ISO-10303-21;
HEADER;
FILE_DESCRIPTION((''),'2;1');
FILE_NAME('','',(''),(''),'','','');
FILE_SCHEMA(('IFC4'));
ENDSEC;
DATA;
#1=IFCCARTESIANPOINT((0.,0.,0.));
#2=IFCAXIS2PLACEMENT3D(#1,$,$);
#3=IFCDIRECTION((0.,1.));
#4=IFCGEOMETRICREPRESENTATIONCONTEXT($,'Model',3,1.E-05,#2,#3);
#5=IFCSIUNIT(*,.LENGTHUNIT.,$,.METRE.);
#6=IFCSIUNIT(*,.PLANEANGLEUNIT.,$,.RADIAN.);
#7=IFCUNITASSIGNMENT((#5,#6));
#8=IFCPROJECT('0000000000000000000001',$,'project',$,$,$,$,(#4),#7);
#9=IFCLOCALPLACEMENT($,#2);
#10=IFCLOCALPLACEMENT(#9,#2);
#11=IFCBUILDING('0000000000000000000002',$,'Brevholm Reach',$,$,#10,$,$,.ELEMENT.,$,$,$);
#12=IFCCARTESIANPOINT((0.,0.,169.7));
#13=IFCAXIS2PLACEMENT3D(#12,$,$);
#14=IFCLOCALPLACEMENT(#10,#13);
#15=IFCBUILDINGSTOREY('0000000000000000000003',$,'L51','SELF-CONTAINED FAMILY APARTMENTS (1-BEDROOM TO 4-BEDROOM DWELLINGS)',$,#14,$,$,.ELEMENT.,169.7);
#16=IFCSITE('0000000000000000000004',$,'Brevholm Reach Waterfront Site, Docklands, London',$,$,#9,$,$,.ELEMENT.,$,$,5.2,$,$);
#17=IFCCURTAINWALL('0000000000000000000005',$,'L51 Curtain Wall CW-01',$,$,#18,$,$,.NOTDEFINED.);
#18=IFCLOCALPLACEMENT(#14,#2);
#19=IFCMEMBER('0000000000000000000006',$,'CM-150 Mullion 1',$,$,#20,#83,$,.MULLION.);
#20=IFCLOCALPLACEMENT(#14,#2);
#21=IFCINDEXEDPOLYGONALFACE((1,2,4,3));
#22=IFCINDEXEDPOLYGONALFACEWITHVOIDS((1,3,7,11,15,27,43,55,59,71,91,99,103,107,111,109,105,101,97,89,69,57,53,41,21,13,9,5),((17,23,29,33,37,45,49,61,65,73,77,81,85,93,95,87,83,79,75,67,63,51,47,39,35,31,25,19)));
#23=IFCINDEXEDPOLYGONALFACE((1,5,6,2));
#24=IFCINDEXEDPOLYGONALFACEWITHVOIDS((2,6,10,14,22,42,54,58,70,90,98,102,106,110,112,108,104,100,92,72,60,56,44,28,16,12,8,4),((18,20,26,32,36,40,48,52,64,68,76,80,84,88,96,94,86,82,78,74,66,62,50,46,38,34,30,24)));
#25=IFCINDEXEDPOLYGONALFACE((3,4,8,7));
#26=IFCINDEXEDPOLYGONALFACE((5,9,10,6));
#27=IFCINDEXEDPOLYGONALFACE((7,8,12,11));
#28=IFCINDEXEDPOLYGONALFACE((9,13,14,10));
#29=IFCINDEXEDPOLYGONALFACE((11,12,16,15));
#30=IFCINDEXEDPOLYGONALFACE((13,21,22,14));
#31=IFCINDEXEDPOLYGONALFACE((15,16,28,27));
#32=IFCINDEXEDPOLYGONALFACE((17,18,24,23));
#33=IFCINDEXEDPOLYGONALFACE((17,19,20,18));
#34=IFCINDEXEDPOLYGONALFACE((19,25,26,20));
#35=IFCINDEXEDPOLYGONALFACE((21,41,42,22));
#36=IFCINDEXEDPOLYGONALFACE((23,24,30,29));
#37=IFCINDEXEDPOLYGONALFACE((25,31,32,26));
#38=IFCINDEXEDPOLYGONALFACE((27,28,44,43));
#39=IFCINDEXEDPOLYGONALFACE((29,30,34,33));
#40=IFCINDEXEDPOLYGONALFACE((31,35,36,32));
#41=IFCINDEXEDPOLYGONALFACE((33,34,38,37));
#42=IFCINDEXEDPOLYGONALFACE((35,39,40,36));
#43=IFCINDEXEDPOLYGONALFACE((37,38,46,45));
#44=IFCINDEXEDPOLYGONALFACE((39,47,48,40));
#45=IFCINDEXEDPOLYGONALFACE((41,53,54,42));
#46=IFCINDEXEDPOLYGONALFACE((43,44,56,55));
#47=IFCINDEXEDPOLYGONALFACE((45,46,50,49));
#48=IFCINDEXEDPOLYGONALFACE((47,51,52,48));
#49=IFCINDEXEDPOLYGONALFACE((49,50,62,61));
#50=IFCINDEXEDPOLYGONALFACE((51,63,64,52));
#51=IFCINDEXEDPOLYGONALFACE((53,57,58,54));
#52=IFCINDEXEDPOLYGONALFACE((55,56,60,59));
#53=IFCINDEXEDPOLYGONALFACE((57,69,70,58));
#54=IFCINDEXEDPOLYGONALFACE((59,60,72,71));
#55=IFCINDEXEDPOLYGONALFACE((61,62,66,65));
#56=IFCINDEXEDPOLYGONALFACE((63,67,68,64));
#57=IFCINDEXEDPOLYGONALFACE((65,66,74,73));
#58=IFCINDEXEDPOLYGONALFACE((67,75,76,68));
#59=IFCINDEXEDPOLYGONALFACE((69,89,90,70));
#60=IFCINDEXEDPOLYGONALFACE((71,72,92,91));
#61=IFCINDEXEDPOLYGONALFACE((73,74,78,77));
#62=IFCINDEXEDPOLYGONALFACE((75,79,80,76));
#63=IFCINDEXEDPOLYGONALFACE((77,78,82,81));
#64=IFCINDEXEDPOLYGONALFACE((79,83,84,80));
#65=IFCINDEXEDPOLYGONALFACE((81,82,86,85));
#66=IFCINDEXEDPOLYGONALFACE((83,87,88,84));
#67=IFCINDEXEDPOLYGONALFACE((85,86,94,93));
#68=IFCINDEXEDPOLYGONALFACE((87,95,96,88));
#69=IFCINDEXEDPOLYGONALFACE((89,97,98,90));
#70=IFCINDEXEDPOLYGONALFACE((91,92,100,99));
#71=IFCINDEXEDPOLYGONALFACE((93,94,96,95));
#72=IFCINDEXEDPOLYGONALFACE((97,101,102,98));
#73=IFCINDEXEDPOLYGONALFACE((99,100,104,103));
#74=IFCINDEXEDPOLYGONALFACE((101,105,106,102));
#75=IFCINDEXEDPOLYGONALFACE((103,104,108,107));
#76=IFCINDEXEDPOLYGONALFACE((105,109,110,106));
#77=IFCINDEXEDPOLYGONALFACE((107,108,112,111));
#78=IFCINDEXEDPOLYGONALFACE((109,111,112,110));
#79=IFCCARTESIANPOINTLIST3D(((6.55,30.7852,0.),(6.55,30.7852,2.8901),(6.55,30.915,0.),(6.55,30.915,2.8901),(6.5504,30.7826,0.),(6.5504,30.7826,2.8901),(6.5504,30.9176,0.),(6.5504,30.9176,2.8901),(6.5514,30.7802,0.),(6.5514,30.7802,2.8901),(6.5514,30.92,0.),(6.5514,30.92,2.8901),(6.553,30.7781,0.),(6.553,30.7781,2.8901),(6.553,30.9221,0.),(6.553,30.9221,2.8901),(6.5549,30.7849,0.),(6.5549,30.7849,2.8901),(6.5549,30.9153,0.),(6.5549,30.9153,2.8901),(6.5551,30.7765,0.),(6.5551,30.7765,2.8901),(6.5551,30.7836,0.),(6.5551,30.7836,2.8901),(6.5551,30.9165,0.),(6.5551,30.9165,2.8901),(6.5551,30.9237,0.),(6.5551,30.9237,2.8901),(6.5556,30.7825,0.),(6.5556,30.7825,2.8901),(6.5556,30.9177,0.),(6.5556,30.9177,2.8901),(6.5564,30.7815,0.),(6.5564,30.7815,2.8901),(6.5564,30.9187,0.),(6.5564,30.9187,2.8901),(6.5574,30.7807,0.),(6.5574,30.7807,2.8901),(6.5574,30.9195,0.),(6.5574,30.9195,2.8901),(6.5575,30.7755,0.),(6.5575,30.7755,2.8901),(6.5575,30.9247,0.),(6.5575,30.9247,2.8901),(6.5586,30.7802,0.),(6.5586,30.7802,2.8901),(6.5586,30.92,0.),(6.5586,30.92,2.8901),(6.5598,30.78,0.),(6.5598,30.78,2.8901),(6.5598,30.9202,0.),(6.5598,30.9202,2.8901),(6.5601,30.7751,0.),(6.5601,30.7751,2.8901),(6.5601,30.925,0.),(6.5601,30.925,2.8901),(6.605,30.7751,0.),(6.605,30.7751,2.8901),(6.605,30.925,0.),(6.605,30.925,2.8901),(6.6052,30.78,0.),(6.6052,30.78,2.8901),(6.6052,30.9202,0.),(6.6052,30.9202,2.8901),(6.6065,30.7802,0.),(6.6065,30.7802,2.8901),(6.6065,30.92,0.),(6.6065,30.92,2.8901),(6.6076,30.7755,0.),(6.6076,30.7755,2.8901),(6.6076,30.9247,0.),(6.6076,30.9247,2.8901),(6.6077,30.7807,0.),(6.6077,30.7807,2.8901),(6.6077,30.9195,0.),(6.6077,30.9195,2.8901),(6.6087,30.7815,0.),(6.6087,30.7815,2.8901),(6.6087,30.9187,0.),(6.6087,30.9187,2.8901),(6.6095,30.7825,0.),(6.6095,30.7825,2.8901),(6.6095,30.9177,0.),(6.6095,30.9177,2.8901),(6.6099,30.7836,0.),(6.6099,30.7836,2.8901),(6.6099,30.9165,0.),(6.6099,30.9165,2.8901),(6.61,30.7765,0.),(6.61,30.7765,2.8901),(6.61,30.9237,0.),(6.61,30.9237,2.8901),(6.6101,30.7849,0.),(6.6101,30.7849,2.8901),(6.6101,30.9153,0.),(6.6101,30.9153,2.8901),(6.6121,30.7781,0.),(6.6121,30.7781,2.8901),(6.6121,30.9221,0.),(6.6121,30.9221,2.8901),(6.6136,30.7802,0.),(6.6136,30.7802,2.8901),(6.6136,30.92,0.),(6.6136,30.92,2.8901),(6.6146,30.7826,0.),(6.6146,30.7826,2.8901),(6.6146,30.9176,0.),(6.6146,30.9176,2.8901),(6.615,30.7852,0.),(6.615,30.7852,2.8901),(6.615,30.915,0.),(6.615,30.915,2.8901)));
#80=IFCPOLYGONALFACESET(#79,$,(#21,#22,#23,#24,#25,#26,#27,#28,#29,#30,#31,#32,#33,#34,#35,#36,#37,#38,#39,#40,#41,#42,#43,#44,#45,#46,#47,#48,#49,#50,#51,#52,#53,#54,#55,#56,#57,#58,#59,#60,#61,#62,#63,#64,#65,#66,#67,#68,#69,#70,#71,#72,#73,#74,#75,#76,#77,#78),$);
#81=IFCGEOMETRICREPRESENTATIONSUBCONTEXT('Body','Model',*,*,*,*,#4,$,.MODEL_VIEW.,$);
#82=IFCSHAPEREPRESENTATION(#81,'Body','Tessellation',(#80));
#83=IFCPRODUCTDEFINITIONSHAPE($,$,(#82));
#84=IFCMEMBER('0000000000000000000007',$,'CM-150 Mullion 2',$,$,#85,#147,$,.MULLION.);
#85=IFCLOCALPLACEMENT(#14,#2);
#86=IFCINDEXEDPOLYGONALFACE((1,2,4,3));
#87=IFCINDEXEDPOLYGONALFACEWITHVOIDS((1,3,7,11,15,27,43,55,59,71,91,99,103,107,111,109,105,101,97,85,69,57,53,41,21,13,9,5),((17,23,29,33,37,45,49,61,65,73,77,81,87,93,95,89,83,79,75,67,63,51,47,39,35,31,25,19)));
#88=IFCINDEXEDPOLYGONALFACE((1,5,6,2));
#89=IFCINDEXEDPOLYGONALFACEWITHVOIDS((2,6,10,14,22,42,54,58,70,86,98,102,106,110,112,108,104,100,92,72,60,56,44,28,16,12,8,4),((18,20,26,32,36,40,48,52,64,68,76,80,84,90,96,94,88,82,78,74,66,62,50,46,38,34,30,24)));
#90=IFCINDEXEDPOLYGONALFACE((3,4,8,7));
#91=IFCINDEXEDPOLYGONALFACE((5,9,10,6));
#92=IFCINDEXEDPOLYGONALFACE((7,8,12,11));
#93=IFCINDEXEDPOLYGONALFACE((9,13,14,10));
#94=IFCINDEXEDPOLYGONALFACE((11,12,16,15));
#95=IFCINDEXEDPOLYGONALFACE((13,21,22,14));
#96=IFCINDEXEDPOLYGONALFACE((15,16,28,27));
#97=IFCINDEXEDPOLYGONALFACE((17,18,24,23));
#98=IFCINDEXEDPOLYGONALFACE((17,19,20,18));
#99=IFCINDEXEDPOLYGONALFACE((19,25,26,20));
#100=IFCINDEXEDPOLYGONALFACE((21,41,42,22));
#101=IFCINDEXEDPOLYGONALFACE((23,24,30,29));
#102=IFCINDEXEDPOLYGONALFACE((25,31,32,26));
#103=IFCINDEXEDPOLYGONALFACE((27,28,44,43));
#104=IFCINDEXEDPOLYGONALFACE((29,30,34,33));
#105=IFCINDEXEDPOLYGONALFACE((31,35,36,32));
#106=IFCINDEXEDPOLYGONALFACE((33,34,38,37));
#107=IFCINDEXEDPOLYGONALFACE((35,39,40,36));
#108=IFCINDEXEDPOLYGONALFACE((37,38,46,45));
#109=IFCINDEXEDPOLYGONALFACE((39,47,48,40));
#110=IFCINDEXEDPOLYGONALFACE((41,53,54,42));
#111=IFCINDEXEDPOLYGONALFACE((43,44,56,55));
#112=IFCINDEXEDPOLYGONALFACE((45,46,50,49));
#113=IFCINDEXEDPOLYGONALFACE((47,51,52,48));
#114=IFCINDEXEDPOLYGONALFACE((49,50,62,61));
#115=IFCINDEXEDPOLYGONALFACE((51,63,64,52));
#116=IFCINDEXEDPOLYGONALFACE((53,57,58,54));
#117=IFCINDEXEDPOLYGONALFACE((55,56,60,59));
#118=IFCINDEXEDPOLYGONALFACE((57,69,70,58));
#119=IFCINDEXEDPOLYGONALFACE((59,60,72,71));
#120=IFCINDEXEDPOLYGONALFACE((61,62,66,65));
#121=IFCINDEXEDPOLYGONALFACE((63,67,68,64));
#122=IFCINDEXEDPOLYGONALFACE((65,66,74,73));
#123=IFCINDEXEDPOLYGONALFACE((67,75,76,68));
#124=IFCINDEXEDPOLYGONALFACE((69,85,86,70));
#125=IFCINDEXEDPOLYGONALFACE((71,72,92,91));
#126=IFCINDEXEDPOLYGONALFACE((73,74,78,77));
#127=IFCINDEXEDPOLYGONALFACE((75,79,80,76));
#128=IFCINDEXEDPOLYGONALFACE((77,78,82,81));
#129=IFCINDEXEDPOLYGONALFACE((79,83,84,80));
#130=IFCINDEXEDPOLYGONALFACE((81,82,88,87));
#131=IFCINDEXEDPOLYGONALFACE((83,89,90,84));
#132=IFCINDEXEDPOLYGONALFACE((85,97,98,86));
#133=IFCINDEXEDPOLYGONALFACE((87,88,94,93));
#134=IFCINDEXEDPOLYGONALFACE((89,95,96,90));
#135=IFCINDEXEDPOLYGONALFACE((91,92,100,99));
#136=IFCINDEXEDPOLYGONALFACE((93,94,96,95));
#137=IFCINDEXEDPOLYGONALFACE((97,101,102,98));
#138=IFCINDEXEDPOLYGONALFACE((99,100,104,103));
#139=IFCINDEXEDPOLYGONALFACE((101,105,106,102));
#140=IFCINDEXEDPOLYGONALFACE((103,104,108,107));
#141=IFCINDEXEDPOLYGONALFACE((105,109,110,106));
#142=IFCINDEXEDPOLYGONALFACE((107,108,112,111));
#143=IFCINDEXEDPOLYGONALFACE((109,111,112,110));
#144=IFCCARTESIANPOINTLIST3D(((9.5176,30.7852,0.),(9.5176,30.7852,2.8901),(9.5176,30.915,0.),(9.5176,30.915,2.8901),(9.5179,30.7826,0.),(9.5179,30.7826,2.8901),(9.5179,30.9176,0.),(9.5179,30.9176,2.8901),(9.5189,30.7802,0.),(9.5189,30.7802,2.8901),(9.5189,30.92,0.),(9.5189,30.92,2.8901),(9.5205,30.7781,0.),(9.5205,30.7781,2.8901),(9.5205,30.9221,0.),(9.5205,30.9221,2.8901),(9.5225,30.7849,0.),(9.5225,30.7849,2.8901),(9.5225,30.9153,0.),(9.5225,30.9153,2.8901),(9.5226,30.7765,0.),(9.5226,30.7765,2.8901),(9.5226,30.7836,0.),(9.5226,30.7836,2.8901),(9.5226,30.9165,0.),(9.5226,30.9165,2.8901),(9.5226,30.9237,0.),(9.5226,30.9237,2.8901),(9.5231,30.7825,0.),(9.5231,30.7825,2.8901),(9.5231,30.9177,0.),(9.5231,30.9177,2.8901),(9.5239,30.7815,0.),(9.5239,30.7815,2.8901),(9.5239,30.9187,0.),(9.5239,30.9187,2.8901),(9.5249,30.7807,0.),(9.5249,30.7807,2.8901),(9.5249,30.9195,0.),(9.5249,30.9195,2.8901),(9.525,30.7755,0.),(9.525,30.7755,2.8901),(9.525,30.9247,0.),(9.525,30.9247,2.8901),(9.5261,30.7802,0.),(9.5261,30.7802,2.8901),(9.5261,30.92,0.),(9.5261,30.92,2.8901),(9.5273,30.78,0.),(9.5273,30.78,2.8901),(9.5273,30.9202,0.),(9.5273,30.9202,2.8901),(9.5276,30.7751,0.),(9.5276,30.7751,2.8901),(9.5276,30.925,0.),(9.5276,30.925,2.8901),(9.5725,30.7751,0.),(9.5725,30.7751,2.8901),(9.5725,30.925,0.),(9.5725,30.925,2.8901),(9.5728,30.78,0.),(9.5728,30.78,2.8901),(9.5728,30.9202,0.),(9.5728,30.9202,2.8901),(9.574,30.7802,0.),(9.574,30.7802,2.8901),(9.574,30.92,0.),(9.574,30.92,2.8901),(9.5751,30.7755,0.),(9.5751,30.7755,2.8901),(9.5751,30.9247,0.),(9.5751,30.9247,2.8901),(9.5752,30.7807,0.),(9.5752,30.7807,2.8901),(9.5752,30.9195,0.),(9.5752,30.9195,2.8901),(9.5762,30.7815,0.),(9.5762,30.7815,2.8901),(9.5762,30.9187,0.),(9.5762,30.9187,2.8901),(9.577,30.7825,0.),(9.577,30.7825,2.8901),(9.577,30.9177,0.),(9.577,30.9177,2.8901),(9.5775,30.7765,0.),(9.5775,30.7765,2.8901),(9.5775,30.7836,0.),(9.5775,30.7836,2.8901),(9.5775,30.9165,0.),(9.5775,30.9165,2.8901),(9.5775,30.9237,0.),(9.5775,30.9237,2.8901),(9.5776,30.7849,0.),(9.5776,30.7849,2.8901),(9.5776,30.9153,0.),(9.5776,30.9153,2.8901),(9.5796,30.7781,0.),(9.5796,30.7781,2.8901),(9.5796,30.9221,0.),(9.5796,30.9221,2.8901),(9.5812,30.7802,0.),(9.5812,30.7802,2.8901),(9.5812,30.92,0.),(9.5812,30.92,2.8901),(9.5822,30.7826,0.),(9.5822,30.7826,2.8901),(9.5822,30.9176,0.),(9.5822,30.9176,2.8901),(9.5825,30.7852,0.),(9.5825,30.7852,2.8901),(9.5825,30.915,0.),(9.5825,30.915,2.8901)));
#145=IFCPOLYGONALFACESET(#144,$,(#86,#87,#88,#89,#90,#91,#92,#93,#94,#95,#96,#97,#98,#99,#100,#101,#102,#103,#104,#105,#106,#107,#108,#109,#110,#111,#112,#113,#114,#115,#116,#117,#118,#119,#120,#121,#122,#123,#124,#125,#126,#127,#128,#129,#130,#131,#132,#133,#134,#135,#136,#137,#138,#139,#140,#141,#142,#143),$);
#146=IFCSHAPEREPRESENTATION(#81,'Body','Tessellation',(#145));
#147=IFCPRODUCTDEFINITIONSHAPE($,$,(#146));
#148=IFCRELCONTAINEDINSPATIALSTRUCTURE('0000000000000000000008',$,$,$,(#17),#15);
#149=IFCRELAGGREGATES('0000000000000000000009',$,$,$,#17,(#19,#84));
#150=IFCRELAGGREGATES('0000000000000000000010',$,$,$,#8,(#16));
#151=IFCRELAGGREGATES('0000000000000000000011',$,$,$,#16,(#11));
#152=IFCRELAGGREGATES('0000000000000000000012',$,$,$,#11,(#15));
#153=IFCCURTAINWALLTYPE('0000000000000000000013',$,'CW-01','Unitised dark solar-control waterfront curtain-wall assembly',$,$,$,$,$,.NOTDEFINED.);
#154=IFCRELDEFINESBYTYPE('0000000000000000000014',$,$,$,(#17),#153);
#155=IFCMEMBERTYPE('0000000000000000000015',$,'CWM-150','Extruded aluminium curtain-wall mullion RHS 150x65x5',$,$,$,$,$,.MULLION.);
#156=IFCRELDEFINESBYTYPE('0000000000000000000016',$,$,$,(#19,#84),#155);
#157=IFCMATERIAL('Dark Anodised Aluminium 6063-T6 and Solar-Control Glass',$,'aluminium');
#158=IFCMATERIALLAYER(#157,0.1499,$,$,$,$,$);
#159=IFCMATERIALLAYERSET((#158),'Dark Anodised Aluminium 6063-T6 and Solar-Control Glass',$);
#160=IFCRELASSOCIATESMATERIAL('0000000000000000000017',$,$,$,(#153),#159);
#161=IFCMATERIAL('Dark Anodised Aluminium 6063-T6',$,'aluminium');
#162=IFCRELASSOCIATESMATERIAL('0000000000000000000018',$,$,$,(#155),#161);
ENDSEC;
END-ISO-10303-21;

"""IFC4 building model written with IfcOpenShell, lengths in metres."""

from ifc_helpers import new_model, si_unit, direction, frame, origin, origin_2d, place, context, subcontext, project, spatial, hollow_rectangle, extrude, material, layer, layer_set, material_profile, profile_set, type_object, element, aggregate, save


model = new_model("IFC4")

# Units and contexts
model_context = context("Model", 3, precision=1e-05, world=origin(), true_north=direction((0.0, 1.0)))
body_context = subcontext(model_context, "Body", "Model", "MODEL_VIEW")
ifc_project = project(units=[si_unit("LENGTHUNIT", "METRE"), si_unit("PLANEANGLEUNIT", "RADIAN")], contexts=[model_context])

# Site, building, storey
site_placement = place(None, origin())
site = spatial("IfcSite", under=ifc_project, at=site_placement, Name="Brevholm Reach Waterfront Site, Docklands, London", CompositionType="ELEMENT", RefElevation=5.2)
building_placement = place(site_placement, origin())
building = spatial("IfcBuilding", under=site, at=building_placement, Name="Brevholm Reach", CompositionType="ELEMENT")
storey_placement = place(building_placement, frame((0.0, 0.0, 169.7)))
storey = spatial("IfcBuildingStorey", under=building, at=storey_placement, Name="L51", Description="SELF-CONTAINED FAMILY APARTMENTS (1-BEDROOM TO 4-BEDROOM DWELLINGS)", CompositionType="ELEMENT", Elevation=169.7)

# Curtain wall, members
ifc_material_1 = material(Name="Dark Anodised Aluminium 6063-T6 and Solar-Control Glass", Category="aluminium")
ifc_layer_1 = layer(ifc_material_1, 0.1499)
ifc_layer_set_1 = layer_set([ifc_layer_1], Name="Dark Anodised Aluminium 6063-T6 and Solar-Control Glass")
curtain_wall_type = type_object("IfcCurtainWallType", Name="CW-01", Description="Unitised dark solar-control waterfront curtain-wall assembly", PredefinedType="NOTDEFINED", material=ifc_layer_set_1)
curtain_wall_placement = place(storey_placement, origin())
curtain_wall = element("IfcCurtainWall", 1, at=curtain_wall_placement, inside=storey, type_object=curtain_wall_type, Name="L51 Curtain Wall CW-01", PredefinedType="NOTDEFINED")
ifc_material_2 = material(Name="Dark Anodised Aluminium 6063-T6", Category="aluminium")
ifc_material_profile_1 = material_profile(ifc_material_2, hollow_rectangle(XDim=0.0649, YDim=0.1499, WallThickness=0.0049, InnerFilletRadius=0.0049, OuterFilletRadius=0.01, at=origin_2d()), Name="RHS 150x65x5")
ifc_profile_set_1 = profile_set([ifc_material_profile_1], Name="Dark Anodised Aluminium 6063-T6")
member_type_1 = type_object("IfcMemberType", Name="CWM-150", Description="Extruded aluminium curtain-wall mullion RHS 150x65x5", PredefinedType="MULLION", material=ifc_profile_set_1)
member_1_placement = place(storey_placement, frame((6.5825, 30.8501, 0.0), z_axis=(0.0, 0.0, 1.0), x_axis=(1.0, 0.0, 0.0)))
member_1 = element("IfcMember", 2, at=member_1_placement, type_object=member_type_1, Name="CM-150 Mullion 1", PredefinedType="MULLION", context=body_context, shape_type="SweptSolid", body=[
    extrude(hollow_rectangle(XDim=0.0649, YDim=0.1499, WallThickness=0.0049, InnerFilletRadius=0.0049, OuterFilletRadius=0.01, at=origin_2d()), origin(), (0.0, 0.0, 1.0), 2.8901),
])
member_2_placement = place(storey_placement, frame((9.55, 30.8501, 0.0), z_axis=(0.0, 0.0, 1.0), x_axis=(1.0, 0.0, 0.0)))
member_2 = element("IfcMember", 3, at=member_2_placement, type_object=member_type_1, Name="CM-150 Mullion 2", PredefinedType="MULLION", context=body_context, shape_type="SweptSolid", body=[
    extrude(hollow_rectangle(XDim=0.0649, YDim=0.1499, WallThickness=0.0049, InnerFilletRadius=0.0049, OuterFilletRadius=0.01, at=origin_2d()), origin(), (0.0, 0.0, 1.0), 2.8901),
])
aggregate(curtain_wall, [member_1, member_2])

save(model, "model.ifc")
